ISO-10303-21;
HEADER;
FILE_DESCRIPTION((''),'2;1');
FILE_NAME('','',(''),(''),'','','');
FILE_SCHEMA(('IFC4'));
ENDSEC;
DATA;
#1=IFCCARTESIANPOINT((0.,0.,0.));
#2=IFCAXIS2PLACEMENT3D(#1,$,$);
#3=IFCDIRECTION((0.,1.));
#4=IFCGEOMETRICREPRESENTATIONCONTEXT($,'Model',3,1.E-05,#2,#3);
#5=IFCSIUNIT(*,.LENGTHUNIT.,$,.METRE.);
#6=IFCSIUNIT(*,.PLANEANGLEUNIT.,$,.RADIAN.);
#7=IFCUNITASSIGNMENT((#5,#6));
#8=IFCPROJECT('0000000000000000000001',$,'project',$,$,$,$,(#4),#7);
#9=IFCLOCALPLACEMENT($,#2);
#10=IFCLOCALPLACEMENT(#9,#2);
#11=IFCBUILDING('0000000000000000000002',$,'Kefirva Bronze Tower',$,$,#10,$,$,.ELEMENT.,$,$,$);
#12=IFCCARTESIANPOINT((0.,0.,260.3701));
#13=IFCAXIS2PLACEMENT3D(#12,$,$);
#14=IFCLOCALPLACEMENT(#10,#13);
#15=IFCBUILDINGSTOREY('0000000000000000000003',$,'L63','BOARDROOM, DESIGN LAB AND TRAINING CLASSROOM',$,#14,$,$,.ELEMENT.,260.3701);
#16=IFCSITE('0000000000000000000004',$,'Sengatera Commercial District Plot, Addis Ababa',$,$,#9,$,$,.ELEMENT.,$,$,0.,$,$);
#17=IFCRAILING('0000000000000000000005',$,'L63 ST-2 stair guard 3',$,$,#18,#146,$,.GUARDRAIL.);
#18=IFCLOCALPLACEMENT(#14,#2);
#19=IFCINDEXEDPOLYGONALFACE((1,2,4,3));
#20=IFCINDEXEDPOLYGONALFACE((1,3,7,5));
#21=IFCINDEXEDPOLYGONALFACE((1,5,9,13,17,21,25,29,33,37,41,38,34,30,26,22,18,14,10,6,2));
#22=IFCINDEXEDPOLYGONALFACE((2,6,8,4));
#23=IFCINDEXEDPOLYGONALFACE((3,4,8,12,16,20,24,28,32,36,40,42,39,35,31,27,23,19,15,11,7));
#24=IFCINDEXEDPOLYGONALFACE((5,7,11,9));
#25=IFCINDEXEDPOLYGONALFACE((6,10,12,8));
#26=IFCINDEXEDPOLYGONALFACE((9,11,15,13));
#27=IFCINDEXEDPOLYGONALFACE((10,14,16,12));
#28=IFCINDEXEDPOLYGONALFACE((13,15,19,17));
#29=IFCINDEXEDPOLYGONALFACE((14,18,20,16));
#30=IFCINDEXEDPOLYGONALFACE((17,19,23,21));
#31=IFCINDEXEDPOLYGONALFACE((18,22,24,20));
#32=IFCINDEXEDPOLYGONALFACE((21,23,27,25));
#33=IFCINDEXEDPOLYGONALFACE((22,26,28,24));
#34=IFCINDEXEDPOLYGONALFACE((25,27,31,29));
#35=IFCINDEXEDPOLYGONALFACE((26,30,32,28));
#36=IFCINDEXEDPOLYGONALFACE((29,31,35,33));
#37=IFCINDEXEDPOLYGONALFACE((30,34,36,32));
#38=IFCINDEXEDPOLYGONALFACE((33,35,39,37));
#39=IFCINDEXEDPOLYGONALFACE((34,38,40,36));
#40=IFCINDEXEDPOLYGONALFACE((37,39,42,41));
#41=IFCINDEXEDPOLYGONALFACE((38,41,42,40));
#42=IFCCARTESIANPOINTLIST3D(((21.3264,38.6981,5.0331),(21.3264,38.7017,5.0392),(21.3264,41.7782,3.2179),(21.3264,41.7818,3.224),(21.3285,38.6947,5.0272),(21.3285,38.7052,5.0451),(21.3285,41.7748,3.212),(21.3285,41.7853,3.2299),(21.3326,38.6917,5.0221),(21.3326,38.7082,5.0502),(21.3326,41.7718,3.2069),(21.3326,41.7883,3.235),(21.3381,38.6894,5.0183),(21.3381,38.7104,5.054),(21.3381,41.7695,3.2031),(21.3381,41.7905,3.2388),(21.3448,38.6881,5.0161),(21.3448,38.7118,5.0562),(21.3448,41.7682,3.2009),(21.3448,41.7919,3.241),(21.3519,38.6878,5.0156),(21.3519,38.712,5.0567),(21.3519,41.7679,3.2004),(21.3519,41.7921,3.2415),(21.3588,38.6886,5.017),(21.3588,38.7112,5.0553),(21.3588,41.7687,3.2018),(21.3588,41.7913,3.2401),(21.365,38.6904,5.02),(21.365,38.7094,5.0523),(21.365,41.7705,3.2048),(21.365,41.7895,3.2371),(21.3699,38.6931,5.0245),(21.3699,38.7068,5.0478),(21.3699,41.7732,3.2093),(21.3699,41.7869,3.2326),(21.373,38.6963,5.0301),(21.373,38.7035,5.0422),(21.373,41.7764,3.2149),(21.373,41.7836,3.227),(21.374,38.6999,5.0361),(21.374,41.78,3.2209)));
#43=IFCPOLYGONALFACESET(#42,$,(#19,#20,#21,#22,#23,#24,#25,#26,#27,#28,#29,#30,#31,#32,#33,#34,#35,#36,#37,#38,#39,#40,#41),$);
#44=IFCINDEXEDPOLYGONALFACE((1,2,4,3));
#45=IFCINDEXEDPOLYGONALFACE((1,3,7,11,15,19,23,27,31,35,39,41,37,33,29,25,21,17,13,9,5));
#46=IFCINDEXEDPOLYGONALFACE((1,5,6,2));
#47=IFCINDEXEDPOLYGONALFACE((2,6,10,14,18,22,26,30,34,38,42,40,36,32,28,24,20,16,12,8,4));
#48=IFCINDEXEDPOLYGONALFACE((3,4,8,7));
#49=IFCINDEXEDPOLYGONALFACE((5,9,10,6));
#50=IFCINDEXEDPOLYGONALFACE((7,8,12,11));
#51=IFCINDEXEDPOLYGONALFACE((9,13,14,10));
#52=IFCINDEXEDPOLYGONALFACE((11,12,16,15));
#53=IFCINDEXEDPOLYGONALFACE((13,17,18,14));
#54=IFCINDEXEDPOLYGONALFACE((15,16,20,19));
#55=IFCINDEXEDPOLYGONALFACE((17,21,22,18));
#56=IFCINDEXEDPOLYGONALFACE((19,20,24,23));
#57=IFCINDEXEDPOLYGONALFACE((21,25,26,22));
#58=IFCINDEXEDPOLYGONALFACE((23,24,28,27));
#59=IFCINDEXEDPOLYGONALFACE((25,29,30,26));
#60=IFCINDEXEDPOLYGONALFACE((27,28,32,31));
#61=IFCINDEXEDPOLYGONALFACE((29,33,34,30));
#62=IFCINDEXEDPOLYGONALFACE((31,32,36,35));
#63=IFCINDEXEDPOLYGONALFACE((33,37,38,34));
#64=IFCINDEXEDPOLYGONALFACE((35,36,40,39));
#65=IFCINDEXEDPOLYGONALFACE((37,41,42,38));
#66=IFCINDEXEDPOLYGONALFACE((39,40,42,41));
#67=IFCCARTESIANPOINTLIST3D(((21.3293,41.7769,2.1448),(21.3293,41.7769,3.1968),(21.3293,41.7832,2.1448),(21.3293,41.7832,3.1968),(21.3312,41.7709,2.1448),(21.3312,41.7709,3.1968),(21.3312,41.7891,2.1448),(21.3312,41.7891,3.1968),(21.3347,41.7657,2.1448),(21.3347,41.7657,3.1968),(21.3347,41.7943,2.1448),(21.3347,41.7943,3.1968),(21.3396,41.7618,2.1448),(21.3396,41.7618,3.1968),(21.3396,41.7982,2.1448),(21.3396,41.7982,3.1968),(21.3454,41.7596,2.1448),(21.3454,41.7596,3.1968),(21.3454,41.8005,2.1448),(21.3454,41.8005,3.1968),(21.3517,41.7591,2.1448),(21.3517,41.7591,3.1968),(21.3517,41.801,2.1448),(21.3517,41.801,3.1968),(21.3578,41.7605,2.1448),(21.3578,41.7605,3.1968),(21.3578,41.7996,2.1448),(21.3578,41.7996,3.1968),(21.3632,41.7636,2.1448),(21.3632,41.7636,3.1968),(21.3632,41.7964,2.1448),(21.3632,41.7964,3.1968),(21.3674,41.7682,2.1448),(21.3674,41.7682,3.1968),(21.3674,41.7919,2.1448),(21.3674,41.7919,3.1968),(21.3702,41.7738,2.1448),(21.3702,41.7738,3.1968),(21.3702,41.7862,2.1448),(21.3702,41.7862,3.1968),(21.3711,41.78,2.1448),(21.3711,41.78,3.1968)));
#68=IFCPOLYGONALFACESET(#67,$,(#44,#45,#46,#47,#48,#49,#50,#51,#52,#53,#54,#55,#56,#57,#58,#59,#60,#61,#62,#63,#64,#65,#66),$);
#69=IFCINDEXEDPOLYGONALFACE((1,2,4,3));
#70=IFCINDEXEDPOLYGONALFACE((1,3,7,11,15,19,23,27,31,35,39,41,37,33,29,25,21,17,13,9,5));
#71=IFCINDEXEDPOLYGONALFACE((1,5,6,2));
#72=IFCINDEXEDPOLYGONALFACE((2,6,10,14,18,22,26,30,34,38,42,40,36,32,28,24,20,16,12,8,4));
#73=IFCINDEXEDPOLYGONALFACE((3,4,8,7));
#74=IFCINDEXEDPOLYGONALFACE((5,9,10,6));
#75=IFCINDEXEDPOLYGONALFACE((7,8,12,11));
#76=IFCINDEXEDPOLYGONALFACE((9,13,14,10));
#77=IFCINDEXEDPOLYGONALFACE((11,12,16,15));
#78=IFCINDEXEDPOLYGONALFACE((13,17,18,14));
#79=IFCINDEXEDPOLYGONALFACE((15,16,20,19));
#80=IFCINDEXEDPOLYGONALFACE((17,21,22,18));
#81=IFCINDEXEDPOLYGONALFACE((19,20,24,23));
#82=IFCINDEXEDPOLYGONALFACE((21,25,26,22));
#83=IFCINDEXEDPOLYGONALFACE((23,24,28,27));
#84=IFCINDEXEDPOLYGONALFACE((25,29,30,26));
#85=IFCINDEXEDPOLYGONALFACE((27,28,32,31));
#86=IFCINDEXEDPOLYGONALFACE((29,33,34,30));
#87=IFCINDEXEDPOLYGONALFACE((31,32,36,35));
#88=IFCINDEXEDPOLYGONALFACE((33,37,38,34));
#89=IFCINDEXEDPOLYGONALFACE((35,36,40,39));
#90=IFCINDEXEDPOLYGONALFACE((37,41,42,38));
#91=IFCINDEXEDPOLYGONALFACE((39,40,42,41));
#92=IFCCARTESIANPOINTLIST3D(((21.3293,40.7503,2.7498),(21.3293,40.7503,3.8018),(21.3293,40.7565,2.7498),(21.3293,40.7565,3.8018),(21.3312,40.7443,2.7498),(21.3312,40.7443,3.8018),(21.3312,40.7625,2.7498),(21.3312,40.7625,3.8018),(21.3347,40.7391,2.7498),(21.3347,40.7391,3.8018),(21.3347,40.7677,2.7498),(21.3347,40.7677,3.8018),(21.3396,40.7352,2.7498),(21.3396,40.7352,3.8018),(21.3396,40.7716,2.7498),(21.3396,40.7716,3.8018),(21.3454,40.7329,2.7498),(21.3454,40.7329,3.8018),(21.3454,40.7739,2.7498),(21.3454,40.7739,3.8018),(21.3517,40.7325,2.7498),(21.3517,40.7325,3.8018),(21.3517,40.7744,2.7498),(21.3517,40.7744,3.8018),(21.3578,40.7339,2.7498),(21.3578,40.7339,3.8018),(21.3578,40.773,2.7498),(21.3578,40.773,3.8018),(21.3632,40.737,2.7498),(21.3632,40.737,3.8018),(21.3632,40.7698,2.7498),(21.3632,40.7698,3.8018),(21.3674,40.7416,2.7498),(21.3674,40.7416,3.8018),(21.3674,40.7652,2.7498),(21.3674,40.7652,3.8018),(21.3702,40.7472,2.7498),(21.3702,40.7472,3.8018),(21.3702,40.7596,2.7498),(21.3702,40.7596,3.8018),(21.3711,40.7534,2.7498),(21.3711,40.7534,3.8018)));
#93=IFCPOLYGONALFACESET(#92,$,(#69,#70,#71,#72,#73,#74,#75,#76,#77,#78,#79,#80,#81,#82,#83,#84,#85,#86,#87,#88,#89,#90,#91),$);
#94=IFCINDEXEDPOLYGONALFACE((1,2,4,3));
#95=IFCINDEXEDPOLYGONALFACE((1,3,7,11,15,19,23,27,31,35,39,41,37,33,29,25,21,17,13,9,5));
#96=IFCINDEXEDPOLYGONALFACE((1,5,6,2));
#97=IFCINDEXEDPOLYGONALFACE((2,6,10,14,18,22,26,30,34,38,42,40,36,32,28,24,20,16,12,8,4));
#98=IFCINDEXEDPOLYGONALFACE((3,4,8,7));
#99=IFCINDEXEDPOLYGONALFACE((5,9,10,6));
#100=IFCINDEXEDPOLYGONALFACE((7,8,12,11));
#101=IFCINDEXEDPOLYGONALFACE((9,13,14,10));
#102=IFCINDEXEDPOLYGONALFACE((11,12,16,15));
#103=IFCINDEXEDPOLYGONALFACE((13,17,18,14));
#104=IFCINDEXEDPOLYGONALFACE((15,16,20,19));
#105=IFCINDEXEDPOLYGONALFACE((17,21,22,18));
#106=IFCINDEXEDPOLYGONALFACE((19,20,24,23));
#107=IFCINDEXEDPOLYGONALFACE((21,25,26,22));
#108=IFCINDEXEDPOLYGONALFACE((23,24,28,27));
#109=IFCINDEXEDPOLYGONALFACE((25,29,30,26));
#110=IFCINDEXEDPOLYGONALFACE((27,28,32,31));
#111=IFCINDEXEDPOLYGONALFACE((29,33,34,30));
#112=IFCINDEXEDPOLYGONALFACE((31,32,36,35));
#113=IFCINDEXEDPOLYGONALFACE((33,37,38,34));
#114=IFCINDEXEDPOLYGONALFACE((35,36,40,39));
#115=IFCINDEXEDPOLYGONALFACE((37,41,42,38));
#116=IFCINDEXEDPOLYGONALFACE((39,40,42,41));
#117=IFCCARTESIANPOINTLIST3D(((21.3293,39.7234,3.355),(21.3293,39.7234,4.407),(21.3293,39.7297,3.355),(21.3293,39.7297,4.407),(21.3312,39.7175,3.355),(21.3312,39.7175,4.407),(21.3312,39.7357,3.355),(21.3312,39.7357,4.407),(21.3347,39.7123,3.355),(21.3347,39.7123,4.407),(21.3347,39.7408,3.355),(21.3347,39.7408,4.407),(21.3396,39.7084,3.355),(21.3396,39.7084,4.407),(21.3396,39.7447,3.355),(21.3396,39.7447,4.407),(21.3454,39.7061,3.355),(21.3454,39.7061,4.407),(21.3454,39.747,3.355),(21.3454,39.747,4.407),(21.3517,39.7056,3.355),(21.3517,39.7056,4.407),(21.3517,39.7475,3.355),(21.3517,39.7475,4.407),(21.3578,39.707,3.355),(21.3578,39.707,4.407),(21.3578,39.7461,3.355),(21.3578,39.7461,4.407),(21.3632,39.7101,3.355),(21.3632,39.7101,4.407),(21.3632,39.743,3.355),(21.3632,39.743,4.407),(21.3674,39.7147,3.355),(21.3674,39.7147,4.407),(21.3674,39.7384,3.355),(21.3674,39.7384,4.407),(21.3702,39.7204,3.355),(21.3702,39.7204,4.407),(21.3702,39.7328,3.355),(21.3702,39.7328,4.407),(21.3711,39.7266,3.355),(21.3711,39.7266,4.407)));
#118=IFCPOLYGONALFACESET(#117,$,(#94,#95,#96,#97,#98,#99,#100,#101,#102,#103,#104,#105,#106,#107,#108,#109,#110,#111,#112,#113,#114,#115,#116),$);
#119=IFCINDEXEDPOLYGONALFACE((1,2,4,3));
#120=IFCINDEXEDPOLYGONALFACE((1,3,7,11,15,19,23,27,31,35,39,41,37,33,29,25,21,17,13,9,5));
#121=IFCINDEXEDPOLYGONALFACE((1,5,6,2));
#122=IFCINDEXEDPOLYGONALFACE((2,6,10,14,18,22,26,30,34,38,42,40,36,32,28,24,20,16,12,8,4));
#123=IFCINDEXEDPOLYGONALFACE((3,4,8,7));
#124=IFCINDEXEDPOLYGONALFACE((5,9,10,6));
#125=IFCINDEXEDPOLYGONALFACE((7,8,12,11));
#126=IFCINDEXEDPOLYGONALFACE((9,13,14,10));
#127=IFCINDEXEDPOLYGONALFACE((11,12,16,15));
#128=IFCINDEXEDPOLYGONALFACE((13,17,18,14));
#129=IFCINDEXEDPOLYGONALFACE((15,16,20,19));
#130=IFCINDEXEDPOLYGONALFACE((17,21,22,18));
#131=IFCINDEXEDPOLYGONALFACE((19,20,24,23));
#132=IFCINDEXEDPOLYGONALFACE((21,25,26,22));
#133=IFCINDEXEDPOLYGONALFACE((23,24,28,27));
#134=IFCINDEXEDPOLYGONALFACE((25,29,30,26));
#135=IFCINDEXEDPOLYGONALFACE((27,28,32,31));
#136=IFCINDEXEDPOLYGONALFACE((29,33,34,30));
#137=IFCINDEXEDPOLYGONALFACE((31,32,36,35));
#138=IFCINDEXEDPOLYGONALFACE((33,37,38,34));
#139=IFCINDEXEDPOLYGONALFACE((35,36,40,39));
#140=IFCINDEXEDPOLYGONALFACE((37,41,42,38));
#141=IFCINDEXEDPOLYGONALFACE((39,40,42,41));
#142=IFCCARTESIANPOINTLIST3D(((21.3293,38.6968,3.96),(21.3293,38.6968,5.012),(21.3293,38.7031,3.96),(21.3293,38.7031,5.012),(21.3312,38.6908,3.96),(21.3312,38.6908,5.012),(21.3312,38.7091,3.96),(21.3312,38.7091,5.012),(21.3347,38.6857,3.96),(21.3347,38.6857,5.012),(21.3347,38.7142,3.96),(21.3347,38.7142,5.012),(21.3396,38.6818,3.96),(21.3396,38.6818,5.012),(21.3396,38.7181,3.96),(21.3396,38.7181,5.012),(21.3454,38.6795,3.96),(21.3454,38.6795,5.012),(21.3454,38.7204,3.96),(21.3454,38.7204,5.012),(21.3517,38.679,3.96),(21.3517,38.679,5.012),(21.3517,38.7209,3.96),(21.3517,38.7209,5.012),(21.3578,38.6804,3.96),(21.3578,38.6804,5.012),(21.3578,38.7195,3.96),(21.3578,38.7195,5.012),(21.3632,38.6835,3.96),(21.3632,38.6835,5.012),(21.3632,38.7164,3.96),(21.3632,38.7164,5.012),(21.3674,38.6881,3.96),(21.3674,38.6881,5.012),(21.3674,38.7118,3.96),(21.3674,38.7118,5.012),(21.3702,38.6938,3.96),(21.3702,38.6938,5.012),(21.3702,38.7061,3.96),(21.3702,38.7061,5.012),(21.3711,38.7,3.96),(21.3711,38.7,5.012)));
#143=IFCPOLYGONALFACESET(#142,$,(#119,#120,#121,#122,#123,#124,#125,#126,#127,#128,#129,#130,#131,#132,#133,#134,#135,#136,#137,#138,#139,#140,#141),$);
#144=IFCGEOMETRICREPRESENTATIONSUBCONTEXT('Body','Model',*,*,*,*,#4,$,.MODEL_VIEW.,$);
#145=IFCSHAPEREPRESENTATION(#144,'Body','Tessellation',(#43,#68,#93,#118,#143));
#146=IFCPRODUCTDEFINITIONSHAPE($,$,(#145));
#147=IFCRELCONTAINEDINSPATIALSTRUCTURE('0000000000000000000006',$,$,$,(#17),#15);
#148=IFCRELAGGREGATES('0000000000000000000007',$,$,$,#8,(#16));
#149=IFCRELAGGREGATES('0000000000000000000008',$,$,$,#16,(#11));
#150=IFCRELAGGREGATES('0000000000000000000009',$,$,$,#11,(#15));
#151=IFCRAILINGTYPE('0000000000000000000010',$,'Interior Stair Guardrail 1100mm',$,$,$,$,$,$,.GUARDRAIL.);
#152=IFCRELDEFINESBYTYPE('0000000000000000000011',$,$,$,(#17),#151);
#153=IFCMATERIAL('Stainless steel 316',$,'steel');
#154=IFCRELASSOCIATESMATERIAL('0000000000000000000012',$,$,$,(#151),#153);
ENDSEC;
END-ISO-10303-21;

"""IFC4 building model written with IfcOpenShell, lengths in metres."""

from ifc_helpers import new_model, si_unit, direction, frame, origin, origin_2d, place, context, subcontext, project, spatial, circle, extrude, material, type_object, element, save


model = new_model("IFC4")

# Units and contexts
model_context = context("Model", 3, precision=1e-05, world=origin(), true_north=direction((0.0, 1.0)))
body_context = subcontext(model_context, "Body", "Model", "MODEL_VIEW")
ifc_project = project(units=[si_unit("LENGTHUNIT", "METRE"), si_unit("PLANEANGLEUNIT", "RADIAN")], contexts=[model_context])

# Site, building, storey
site_placement = place(None, origin())
site = spatial("IfcSite", under=ifc_project, at=site_placement, Name="Sengatera Commercial District Plot, Addis Ababa", CompositionType="ELEMENT", RefElevation=0.0)
building_placement = place(site_placement, origin())
building = spatial("IfcBuilding", under=site, at=building_placement, Name="Kefirva Bronze Tower", CompositionType="ELEMENT")
storey_placement = place(building_placement, frame((0.0, 0.0, 260.3701)))
storey = spatial("IfcBuildingStorey", under=building, at=storey_placement, Name="L63", Description="BOARDROOM, DESIGN LAB AND TRAINING CLASSROOM", CompositionType="ELEMENT", Elevation=260.3701)

# Railing
ifc_material_1 = material(Name="Stainless steel 316", Category="steel")
railing_type_1 = type_object("IfcRailingType", Name="Interior Stair Guardrail 1100mm", PredefinedType="GUARDRAIL", material=ifc_material_1)
railing_1_placement = place(storey_placement, frame((21.3501, 41.78, 2.1448)))
element("IfcRailing", 1, at=railing_1_placement, inside=storey, type_object=railing_type_1, Name="L63 ST-2 stair guard 3", PredefinedType="GUARDRAIL", context=body_context, shape_type="SweptSolid", body=[
    extrude(circle(Radius=0.0239, at=origin_2d()), frame((0.0, 0.0, 1.0762), z_axis=(0.0, -0.861521, 0.507721), x_axis=(1.0, 0.0, 0.0)), (0.0, 0.0, 1.0), 3.5752),
    extrude(circle(Radius=0.021, at=origin_2d()), origin(), (0.0, 0.0, 1.0), 1.052),
    extrude(circle(Radius=0.021, at=origin_2d()), frame((0.0, -1.0266, 0.605)), (0.0, 0.0, 1.0), 1.052),
    extrude(circle(Radius=0.021, at=origin_2d()), frame((0.0, -2.0535, 1.2102)), (0.0, 0.0, 1.0), 1.052),
    extrude(circle(Radius=0.021, at=origin_2d()), frame((0.0, -3.0801, 1.8152)), (0.0, 0.0, 1.0), 1.052),
])

save(model, "model.ifc")
